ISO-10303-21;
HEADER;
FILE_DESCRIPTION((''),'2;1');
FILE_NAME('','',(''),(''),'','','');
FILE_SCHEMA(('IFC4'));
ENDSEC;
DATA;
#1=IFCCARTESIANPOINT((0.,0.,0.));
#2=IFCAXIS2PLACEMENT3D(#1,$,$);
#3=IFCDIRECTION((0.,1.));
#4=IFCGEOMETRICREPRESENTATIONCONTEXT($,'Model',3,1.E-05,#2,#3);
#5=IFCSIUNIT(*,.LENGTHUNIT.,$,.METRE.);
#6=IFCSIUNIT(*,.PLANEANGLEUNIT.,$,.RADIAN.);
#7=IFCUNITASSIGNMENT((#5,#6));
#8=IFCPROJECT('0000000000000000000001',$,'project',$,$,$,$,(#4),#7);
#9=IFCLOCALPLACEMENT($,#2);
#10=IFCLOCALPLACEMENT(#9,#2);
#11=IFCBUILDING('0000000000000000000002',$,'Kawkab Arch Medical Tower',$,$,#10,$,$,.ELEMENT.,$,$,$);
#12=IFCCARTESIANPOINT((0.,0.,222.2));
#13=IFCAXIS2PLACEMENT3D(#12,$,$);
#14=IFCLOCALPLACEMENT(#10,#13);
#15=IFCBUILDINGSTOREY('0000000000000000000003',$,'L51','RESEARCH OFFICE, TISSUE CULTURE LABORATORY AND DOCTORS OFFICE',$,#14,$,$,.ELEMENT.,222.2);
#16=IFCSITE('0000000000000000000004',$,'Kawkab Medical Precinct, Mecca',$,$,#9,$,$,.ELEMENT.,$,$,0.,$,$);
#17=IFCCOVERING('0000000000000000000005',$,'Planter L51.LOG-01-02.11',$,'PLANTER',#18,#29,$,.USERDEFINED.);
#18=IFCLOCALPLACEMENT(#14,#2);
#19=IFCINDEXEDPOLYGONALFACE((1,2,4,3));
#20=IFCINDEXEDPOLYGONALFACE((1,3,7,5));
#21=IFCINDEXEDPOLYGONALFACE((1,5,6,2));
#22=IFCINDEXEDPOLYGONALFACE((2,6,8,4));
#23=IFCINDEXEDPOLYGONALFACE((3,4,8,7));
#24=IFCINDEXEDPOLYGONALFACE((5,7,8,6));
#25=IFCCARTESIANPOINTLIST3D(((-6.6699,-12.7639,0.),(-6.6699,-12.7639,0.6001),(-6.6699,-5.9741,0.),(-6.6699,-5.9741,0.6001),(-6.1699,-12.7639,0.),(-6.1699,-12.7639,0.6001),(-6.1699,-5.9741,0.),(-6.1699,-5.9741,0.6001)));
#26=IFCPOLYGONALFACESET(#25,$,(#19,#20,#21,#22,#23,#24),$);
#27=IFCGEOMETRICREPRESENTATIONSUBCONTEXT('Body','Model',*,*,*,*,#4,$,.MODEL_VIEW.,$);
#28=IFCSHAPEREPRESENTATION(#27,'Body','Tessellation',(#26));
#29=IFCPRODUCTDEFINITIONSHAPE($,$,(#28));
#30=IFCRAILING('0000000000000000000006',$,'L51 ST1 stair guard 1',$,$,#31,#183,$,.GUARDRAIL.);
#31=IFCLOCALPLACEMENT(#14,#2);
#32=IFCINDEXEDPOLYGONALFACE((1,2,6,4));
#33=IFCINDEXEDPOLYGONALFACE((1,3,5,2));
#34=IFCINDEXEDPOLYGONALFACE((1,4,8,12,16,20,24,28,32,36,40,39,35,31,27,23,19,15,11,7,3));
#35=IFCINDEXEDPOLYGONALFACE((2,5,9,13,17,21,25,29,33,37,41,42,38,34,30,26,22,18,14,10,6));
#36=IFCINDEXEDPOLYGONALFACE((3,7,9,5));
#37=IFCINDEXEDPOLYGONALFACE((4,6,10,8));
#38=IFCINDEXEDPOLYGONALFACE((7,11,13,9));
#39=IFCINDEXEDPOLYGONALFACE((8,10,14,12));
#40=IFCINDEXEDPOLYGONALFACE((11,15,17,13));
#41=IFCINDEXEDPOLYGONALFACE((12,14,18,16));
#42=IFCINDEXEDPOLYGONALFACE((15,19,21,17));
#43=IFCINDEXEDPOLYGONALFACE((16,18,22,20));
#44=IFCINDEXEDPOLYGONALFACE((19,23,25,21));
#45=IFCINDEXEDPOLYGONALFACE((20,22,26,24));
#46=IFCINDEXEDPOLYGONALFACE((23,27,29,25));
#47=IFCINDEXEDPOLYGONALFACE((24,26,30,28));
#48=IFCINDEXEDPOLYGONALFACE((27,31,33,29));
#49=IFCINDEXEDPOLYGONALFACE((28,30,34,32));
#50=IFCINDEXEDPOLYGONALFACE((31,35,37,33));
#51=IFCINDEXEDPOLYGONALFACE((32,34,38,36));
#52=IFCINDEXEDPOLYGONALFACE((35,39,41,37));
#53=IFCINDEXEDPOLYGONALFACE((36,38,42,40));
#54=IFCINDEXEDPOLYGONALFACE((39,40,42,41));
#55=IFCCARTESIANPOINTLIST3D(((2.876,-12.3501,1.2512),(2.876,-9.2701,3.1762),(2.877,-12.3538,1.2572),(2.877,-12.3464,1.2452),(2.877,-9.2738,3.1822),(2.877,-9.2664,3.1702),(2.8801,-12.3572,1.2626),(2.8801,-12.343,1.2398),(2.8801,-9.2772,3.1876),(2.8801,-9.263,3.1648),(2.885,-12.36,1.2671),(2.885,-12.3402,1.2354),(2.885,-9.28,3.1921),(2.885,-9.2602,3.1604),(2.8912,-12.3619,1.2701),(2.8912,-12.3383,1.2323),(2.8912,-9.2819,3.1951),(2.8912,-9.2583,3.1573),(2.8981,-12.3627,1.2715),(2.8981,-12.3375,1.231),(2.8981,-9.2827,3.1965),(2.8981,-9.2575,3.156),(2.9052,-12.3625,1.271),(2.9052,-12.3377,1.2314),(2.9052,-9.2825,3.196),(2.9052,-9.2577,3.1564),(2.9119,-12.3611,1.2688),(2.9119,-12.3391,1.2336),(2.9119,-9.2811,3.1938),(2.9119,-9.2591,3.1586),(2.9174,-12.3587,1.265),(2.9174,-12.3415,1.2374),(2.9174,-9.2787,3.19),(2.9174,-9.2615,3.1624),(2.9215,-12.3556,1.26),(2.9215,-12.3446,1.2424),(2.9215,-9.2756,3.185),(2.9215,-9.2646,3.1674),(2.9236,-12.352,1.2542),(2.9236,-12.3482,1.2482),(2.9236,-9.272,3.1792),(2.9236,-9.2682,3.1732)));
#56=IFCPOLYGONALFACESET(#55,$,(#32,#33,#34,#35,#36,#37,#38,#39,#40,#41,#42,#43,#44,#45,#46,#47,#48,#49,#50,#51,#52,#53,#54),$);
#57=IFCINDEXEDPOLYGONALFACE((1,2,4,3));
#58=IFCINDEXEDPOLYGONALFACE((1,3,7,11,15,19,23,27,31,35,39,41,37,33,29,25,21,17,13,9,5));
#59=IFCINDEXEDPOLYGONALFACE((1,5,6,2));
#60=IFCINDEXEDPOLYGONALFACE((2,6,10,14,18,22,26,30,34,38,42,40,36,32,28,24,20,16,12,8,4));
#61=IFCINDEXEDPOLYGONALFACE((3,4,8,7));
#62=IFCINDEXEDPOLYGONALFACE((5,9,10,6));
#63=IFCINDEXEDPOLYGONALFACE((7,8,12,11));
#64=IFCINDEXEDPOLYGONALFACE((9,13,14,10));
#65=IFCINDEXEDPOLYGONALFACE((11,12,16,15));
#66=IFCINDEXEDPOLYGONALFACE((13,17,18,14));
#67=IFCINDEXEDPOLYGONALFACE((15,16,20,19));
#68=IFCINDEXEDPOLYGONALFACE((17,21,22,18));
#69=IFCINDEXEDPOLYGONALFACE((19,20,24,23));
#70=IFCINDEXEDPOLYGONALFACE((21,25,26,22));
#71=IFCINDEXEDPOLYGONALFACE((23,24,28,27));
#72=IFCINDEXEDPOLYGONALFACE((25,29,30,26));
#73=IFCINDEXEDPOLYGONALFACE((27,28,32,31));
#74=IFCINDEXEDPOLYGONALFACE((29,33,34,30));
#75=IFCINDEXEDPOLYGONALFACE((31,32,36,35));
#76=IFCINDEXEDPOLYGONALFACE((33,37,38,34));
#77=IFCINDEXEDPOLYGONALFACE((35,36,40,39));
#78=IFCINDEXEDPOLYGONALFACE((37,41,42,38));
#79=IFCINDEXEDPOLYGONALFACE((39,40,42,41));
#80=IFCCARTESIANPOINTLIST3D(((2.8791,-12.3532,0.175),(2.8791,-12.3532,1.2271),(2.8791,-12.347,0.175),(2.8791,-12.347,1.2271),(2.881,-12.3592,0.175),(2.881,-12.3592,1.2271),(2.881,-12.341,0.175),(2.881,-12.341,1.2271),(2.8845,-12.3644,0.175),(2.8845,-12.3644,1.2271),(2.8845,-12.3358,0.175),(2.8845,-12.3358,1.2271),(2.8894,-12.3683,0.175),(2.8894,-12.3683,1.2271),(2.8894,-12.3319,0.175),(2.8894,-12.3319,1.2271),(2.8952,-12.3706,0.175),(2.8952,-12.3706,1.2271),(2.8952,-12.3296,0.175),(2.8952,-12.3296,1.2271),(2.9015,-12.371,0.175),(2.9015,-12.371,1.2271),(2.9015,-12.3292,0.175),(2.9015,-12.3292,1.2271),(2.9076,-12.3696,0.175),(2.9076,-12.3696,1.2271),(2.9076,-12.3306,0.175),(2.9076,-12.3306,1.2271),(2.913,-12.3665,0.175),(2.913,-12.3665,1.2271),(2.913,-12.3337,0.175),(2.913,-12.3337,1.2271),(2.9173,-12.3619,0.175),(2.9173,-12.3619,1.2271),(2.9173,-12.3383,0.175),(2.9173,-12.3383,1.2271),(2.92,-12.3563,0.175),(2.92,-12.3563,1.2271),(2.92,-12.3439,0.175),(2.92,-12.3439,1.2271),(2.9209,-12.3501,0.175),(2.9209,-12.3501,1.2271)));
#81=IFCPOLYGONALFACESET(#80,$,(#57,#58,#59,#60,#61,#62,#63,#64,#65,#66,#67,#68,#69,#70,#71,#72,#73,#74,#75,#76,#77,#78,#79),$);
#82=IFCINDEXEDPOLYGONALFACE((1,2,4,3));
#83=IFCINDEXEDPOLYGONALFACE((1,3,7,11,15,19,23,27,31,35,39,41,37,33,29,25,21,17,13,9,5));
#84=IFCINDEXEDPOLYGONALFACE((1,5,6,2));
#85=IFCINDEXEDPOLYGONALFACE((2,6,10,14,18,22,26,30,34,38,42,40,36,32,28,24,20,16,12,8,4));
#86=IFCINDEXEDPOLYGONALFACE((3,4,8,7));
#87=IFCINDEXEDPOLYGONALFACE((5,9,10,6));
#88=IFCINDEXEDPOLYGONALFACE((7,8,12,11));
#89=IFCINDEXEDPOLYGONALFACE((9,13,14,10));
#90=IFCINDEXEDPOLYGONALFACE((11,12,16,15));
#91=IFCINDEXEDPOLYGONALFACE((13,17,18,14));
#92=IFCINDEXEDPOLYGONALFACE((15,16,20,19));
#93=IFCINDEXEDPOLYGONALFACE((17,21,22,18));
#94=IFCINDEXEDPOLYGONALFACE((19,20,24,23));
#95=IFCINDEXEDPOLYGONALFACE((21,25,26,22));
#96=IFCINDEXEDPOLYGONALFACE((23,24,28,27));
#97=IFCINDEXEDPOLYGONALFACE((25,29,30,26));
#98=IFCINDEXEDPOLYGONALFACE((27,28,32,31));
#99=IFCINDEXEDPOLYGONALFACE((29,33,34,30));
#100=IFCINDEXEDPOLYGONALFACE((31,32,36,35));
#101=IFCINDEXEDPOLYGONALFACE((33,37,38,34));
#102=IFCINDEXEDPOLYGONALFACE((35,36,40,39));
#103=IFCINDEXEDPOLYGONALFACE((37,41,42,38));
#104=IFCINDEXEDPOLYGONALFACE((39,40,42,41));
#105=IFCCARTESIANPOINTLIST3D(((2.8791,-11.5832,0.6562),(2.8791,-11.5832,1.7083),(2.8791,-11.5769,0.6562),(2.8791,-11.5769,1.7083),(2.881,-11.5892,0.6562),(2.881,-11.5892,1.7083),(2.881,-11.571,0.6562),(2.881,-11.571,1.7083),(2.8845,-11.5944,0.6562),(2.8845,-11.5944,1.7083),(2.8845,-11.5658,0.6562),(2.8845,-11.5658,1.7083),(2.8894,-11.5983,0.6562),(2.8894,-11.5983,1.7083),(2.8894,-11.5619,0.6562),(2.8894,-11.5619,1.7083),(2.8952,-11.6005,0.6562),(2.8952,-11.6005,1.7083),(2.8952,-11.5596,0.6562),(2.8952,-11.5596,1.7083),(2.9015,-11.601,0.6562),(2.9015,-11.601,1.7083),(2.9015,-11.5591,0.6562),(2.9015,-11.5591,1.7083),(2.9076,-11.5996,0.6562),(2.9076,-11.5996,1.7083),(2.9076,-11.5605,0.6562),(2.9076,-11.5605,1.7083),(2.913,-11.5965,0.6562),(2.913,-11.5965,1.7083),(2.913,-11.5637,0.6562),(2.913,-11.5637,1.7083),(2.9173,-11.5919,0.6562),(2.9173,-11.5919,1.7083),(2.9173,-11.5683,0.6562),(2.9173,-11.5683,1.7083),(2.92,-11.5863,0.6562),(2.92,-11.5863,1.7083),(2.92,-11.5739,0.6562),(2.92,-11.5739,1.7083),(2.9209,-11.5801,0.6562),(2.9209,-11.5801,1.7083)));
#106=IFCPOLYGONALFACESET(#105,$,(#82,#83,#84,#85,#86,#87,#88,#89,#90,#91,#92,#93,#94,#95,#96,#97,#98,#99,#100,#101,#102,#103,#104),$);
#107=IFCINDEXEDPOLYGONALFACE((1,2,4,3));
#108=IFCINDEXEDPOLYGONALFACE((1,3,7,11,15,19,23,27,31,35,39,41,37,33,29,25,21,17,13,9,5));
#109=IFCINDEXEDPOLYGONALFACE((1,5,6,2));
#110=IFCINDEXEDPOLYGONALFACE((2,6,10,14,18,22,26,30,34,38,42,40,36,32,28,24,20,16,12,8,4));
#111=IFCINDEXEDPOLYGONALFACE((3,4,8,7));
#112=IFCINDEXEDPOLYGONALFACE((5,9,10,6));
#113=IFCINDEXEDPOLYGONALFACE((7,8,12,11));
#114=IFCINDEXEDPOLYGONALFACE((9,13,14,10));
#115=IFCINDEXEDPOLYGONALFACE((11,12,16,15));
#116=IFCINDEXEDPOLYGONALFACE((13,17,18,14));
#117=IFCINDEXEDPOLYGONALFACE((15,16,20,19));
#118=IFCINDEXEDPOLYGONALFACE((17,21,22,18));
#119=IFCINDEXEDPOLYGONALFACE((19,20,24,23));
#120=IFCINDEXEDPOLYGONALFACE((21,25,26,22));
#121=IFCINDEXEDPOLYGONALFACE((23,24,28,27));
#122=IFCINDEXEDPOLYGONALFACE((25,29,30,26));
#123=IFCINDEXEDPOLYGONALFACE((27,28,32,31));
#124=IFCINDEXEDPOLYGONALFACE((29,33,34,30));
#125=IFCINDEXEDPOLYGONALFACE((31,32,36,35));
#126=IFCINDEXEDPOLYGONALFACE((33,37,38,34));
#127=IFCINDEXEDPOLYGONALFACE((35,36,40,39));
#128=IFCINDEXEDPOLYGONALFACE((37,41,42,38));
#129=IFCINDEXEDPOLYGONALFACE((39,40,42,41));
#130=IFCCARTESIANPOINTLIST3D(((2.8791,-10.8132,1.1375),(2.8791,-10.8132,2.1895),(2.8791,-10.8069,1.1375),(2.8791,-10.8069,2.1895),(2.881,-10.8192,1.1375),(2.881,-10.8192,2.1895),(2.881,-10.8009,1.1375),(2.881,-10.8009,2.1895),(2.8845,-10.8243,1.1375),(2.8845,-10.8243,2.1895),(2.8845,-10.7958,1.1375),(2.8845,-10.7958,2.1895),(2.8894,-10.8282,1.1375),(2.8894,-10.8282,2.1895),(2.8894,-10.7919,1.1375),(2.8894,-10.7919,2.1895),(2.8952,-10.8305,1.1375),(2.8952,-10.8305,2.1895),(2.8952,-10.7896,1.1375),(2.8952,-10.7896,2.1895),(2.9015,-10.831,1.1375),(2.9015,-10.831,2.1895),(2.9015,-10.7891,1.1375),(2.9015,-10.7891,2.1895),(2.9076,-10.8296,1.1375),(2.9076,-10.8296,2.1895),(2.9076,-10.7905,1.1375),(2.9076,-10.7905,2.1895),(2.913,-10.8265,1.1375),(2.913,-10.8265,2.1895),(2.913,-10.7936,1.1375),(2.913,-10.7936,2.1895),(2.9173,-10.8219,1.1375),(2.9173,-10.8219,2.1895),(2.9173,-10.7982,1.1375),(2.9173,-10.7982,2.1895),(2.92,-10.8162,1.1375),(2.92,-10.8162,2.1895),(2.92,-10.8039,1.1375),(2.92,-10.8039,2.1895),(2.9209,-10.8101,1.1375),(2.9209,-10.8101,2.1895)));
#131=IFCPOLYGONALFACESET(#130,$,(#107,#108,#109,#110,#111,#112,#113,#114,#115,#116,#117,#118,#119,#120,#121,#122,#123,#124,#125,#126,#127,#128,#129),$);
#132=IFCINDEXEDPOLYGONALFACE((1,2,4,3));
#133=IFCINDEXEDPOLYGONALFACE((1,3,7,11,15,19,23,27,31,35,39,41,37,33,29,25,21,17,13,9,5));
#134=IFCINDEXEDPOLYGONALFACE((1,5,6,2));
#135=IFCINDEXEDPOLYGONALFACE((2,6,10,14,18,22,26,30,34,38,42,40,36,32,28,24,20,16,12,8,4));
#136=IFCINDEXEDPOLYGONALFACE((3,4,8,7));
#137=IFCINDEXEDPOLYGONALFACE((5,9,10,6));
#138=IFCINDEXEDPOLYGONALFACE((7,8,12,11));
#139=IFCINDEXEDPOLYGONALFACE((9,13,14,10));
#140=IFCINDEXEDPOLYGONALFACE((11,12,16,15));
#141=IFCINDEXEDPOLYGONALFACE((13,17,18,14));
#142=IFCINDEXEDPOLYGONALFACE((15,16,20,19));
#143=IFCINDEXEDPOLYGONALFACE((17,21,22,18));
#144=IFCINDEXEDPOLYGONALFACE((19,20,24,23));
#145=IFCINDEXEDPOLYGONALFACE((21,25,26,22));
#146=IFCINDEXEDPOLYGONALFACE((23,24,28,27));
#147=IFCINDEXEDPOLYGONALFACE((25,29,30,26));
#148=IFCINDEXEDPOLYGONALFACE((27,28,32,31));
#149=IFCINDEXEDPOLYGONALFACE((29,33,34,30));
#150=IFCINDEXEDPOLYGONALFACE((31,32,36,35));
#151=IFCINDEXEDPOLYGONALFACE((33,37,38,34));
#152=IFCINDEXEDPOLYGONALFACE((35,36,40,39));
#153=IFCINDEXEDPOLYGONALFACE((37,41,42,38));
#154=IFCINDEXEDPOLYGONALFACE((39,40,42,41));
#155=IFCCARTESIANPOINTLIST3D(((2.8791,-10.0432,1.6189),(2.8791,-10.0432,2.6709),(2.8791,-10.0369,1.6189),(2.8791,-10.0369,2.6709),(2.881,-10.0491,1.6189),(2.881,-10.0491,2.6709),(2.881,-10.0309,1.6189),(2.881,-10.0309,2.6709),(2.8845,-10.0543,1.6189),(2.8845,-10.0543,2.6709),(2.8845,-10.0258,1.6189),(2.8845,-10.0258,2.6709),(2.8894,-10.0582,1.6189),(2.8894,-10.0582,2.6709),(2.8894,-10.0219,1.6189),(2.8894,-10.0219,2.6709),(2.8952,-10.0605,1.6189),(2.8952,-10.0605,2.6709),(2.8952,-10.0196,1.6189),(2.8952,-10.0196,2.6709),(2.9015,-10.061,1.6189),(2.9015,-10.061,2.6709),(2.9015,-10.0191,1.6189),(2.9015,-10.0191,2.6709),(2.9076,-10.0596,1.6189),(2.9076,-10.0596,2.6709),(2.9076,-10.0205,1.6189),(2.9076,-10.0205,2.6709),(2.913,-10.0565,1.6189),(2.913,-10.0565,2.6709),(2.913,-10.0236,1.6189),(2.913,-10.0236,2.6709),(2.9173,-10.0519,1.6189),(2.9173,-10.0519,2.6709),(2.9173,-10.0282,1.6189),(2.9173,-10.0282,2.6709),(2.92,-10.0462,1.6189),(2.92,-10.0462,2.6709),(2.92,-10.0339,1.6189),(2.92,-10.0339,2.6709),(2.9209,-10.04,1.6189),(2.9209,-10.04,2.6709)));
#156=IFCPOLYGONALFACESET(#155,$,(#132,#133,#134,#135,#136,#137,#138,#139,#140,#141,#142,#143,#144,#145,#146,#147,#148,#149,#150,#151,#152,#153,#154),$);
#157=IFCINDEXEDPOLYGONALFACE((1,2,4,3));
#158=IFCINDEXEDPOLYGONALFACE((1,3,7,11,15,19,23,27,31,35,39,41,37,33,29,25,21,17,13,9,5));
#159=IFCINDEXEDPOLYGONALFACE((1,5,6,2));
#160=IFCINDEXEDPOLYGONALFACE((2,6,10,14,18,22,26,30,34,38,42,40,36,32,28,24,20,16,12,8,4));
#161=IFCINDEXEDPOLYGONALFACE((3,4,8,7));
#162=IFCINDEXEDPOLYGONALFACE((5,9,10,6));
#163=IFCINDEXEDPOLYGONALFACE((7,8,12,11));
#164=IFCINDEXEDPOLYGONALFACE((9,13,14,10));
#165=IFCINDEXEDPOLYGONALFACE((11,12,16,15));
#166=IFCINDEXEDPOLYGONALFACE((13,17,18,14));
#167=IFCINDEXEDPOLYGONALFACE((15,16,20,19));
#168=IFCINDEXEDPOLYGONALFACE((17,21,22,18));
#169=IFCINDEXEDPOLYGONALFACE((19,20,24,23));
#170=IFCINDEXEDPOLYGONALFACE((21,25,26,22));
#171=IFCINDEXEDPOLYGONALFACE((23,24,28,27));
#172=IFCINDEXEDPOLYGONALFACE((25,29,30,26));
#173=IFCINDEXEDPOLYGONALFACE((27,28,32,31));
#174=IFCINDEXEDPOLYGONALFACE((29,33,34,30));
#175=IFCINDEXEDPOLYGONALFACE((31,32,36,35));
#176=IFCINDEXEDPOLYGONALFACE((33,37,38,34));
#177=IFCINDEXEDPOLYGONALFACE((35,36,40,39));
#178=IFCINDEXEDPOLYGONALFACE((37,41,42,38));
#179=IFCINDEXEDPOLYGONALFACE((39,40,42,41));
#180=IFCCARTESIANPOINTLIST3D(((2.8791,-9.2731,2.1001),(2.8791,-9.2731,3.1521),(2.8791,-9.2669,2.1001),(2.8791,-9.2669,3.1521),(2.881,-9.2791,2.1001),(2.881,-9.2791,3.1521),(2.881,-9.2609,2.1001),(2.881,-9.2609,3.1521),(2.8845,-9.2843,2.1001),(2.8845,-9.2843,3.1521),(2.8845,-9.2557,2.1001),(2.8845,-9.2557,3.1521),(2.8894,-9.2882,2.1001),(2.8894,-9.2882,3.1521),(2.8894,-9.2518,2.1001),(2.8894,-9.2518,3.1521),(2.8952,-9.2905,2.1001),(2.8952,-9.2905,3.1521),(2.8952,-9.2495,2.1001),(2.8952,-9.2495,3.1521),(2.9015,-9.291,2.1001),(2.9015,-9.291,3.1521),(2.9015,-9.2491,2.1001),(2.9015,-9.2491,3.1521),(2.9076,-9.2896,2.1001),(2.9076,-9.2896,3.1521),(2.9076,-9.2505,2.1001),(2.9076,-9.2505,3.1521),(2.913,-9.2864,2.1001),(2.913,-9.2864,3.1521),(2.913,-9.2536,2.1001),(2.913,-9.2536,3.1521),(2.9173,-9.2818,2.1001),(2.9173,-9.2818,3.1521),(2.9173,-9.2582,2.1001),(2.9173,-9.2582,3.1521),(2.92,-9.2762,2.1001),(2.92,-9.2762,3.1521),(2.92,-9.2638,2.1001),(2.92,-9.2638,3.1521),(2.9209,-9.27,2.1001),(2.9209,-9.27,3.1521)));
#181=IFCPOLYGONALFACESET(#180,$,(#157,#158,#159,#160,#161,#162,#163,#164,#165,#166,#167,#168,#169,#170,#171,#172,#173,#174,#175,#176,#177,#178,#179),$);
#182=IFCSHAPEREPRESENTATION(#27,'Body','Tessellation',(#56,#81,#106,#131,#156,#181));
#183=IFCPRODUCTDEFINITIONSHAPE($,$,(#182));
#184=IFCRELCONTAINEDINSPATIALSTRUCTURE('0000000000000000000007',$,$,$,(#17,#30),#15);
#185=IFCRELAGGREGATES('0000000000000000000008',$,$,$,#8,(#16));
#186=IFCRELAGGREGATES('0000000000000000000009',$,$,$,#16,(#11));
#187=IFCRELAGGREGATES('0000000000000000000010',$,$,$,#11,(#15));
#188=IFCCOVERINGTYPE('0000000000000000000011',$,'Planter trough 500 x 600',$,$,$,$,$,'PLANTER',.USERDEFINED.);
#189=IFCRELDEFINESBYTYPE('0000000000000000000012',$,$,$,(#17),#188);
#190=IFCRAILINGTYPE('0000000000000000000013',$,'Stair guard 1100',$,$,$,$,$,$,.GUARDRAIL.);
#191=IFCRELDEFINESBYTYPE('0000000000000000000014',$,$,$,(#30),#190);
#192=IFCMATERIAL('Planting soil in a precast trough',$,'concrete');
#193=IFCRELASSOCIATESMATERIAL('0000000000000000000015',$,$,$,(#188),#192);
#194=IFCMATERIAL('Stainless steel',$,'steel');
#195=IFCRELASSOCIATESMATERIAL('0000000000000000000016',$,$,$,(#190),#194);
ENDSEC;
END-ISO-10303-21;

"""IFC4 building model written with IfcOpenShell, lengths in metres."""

from ifc_helpers import new_model, si_unit, direction, frame, origin, origin_2d, place, context, subcontext, project, spatial, rectangle, circle, extrude, material, material_profile, profile_set, type_object, element, save


model = new_model("IFC4")

# Units and contexts
model_context = context("Model", 3, precision=1e-05, world=origin(), true_north=direction((0.0, 1.0)))
body_context = subcontext(model_context, "Body", "Model", "MODEL_VIEW")
ifc_project = project(units=[si_unit("LENGTHUNIT", "METRE"), si_unit("PLANEANGLEUNIT", "RADIAN")], contexts=[model_context])

# Site, building, storey
site_placement = place(None, origin())
site = spatial("IfcSite", under=ifc_project, at=site_placement, Name="Kawkab Medical Precinct, Mecca", CompositionType="ELEMENT", RefElevation=0.0)
building_placement = place(site_placement, origin())
building = spatial("IfcBuilding", under=site, at=building_placement, Name="Kawkab Arch Medical Tower", CompositionType="ELEMENT")
storey_placement = place(building_placement, frame((0.0, 0.0, 222.2)))
storey = spatial("IfcBuildingStorey", under=building, at=storey_placement, Name="L51", Description="RESEARCH OFFICE, TISSUE CULTURE LABORATORY AND DOCTORS OFFICE", CompositionType="ELEMENT", Elevation=222.2)

# Covering
ifc_material_1 = material(Name="Planting soil in a precast trough", Category="concrete")
ifc_material_profile_1 = material_profile(ifc_material_1, rectangle(XDim=0.5, YDim=0.6001, at=origin_2d()), Name="Trough 500x600")
ifc_profile_set_1 = profile_set([ifc_material_profile_1], Name="Planting soil in a precast trough")
covering_type_1 = type_object("IfcCoveringType", Name="Planter trough 500 x 600", ElementType="PLANTER", PredefinedType="USERDEFINED", material=ifc_profile_set_1)
covering_1_placement = place(storey_placement, frame((-6.4199, -12.7639, 0.3), z_axis=(0.0, 1.0, 0.0), x_axis=(-1.0, 0.0, 0.0)))
element("IfcCovering", 1, at=covering_1_placement, inside=storey, type_object=covering_type_1, Name="Planter L51.LOG-01-02.11", ObjectType="PLANTER", PredefinedType="USERDEFINED", context=body_context, shape_type="SweptSolid", body=[
    extrude(rectangle(XDim=0.5, YDim=0.6001, at=origin_2d()), origin(), (0.0, 0.0, 1.0), 6.7898),
])

# Railing
ifc_material_2 = material(Name="Stainless steel", Category="steel")
railing_type_1 = type_object("IfcRailingType", Name="Stair guard 1100", PredefinedType="GUARDRAIL", material=ifc_material_2)
railing_1_placement = place(storey_placement, frame((2.8999, -12.3501, 0.175)))
element("IfcRailing", 2, at=railing_1_placement, inside=storey, type_object=railing_type_1, Name="L51 ST1 stair guard 1", PredefinedType="GUARDRAIL", context=body_context, shape_type="SweptSolid", body=[
    extrude(circle(Radius=0.0239, at=origin_2d()), frame((0.0, 0.0, 1.0762), z_axis=(0.0, 0.847998, 0.529999), x_axis=(-1.0, 0.0, 0.0)), (0.0, 0.0, 1.0), 3.6321),
    extrude(circle(Radius=0.021, at=origin_2d()), origin(), (0.0, 0.0, 1.0), 1.052),
    extrude(circle(Radius=0.021, at=origin_2d()), frame((0.0, 0.77, 0.4812)), (0.0, 0.0, 1.0), 1.052),
    extrude(circle(Radius=0.021, at=origin_2d()), frame((0.0, 1.54, 0.9624)), (0.0, 0.0, 1.0), 1.052),
    extrude(circle(Radius=0.021, at=origin_2d()), frame((0.0, 2.3101, 1.4438)), (0.0, 0.0, 1.0), 1.052),
    extrude(circle(Radius=0.021, at=origin_2d()), frame((0.0, 3.0801, 1.925)), (0.0, 0.0, 1.0), 1.052),
])

save(model, "model.ifc")
